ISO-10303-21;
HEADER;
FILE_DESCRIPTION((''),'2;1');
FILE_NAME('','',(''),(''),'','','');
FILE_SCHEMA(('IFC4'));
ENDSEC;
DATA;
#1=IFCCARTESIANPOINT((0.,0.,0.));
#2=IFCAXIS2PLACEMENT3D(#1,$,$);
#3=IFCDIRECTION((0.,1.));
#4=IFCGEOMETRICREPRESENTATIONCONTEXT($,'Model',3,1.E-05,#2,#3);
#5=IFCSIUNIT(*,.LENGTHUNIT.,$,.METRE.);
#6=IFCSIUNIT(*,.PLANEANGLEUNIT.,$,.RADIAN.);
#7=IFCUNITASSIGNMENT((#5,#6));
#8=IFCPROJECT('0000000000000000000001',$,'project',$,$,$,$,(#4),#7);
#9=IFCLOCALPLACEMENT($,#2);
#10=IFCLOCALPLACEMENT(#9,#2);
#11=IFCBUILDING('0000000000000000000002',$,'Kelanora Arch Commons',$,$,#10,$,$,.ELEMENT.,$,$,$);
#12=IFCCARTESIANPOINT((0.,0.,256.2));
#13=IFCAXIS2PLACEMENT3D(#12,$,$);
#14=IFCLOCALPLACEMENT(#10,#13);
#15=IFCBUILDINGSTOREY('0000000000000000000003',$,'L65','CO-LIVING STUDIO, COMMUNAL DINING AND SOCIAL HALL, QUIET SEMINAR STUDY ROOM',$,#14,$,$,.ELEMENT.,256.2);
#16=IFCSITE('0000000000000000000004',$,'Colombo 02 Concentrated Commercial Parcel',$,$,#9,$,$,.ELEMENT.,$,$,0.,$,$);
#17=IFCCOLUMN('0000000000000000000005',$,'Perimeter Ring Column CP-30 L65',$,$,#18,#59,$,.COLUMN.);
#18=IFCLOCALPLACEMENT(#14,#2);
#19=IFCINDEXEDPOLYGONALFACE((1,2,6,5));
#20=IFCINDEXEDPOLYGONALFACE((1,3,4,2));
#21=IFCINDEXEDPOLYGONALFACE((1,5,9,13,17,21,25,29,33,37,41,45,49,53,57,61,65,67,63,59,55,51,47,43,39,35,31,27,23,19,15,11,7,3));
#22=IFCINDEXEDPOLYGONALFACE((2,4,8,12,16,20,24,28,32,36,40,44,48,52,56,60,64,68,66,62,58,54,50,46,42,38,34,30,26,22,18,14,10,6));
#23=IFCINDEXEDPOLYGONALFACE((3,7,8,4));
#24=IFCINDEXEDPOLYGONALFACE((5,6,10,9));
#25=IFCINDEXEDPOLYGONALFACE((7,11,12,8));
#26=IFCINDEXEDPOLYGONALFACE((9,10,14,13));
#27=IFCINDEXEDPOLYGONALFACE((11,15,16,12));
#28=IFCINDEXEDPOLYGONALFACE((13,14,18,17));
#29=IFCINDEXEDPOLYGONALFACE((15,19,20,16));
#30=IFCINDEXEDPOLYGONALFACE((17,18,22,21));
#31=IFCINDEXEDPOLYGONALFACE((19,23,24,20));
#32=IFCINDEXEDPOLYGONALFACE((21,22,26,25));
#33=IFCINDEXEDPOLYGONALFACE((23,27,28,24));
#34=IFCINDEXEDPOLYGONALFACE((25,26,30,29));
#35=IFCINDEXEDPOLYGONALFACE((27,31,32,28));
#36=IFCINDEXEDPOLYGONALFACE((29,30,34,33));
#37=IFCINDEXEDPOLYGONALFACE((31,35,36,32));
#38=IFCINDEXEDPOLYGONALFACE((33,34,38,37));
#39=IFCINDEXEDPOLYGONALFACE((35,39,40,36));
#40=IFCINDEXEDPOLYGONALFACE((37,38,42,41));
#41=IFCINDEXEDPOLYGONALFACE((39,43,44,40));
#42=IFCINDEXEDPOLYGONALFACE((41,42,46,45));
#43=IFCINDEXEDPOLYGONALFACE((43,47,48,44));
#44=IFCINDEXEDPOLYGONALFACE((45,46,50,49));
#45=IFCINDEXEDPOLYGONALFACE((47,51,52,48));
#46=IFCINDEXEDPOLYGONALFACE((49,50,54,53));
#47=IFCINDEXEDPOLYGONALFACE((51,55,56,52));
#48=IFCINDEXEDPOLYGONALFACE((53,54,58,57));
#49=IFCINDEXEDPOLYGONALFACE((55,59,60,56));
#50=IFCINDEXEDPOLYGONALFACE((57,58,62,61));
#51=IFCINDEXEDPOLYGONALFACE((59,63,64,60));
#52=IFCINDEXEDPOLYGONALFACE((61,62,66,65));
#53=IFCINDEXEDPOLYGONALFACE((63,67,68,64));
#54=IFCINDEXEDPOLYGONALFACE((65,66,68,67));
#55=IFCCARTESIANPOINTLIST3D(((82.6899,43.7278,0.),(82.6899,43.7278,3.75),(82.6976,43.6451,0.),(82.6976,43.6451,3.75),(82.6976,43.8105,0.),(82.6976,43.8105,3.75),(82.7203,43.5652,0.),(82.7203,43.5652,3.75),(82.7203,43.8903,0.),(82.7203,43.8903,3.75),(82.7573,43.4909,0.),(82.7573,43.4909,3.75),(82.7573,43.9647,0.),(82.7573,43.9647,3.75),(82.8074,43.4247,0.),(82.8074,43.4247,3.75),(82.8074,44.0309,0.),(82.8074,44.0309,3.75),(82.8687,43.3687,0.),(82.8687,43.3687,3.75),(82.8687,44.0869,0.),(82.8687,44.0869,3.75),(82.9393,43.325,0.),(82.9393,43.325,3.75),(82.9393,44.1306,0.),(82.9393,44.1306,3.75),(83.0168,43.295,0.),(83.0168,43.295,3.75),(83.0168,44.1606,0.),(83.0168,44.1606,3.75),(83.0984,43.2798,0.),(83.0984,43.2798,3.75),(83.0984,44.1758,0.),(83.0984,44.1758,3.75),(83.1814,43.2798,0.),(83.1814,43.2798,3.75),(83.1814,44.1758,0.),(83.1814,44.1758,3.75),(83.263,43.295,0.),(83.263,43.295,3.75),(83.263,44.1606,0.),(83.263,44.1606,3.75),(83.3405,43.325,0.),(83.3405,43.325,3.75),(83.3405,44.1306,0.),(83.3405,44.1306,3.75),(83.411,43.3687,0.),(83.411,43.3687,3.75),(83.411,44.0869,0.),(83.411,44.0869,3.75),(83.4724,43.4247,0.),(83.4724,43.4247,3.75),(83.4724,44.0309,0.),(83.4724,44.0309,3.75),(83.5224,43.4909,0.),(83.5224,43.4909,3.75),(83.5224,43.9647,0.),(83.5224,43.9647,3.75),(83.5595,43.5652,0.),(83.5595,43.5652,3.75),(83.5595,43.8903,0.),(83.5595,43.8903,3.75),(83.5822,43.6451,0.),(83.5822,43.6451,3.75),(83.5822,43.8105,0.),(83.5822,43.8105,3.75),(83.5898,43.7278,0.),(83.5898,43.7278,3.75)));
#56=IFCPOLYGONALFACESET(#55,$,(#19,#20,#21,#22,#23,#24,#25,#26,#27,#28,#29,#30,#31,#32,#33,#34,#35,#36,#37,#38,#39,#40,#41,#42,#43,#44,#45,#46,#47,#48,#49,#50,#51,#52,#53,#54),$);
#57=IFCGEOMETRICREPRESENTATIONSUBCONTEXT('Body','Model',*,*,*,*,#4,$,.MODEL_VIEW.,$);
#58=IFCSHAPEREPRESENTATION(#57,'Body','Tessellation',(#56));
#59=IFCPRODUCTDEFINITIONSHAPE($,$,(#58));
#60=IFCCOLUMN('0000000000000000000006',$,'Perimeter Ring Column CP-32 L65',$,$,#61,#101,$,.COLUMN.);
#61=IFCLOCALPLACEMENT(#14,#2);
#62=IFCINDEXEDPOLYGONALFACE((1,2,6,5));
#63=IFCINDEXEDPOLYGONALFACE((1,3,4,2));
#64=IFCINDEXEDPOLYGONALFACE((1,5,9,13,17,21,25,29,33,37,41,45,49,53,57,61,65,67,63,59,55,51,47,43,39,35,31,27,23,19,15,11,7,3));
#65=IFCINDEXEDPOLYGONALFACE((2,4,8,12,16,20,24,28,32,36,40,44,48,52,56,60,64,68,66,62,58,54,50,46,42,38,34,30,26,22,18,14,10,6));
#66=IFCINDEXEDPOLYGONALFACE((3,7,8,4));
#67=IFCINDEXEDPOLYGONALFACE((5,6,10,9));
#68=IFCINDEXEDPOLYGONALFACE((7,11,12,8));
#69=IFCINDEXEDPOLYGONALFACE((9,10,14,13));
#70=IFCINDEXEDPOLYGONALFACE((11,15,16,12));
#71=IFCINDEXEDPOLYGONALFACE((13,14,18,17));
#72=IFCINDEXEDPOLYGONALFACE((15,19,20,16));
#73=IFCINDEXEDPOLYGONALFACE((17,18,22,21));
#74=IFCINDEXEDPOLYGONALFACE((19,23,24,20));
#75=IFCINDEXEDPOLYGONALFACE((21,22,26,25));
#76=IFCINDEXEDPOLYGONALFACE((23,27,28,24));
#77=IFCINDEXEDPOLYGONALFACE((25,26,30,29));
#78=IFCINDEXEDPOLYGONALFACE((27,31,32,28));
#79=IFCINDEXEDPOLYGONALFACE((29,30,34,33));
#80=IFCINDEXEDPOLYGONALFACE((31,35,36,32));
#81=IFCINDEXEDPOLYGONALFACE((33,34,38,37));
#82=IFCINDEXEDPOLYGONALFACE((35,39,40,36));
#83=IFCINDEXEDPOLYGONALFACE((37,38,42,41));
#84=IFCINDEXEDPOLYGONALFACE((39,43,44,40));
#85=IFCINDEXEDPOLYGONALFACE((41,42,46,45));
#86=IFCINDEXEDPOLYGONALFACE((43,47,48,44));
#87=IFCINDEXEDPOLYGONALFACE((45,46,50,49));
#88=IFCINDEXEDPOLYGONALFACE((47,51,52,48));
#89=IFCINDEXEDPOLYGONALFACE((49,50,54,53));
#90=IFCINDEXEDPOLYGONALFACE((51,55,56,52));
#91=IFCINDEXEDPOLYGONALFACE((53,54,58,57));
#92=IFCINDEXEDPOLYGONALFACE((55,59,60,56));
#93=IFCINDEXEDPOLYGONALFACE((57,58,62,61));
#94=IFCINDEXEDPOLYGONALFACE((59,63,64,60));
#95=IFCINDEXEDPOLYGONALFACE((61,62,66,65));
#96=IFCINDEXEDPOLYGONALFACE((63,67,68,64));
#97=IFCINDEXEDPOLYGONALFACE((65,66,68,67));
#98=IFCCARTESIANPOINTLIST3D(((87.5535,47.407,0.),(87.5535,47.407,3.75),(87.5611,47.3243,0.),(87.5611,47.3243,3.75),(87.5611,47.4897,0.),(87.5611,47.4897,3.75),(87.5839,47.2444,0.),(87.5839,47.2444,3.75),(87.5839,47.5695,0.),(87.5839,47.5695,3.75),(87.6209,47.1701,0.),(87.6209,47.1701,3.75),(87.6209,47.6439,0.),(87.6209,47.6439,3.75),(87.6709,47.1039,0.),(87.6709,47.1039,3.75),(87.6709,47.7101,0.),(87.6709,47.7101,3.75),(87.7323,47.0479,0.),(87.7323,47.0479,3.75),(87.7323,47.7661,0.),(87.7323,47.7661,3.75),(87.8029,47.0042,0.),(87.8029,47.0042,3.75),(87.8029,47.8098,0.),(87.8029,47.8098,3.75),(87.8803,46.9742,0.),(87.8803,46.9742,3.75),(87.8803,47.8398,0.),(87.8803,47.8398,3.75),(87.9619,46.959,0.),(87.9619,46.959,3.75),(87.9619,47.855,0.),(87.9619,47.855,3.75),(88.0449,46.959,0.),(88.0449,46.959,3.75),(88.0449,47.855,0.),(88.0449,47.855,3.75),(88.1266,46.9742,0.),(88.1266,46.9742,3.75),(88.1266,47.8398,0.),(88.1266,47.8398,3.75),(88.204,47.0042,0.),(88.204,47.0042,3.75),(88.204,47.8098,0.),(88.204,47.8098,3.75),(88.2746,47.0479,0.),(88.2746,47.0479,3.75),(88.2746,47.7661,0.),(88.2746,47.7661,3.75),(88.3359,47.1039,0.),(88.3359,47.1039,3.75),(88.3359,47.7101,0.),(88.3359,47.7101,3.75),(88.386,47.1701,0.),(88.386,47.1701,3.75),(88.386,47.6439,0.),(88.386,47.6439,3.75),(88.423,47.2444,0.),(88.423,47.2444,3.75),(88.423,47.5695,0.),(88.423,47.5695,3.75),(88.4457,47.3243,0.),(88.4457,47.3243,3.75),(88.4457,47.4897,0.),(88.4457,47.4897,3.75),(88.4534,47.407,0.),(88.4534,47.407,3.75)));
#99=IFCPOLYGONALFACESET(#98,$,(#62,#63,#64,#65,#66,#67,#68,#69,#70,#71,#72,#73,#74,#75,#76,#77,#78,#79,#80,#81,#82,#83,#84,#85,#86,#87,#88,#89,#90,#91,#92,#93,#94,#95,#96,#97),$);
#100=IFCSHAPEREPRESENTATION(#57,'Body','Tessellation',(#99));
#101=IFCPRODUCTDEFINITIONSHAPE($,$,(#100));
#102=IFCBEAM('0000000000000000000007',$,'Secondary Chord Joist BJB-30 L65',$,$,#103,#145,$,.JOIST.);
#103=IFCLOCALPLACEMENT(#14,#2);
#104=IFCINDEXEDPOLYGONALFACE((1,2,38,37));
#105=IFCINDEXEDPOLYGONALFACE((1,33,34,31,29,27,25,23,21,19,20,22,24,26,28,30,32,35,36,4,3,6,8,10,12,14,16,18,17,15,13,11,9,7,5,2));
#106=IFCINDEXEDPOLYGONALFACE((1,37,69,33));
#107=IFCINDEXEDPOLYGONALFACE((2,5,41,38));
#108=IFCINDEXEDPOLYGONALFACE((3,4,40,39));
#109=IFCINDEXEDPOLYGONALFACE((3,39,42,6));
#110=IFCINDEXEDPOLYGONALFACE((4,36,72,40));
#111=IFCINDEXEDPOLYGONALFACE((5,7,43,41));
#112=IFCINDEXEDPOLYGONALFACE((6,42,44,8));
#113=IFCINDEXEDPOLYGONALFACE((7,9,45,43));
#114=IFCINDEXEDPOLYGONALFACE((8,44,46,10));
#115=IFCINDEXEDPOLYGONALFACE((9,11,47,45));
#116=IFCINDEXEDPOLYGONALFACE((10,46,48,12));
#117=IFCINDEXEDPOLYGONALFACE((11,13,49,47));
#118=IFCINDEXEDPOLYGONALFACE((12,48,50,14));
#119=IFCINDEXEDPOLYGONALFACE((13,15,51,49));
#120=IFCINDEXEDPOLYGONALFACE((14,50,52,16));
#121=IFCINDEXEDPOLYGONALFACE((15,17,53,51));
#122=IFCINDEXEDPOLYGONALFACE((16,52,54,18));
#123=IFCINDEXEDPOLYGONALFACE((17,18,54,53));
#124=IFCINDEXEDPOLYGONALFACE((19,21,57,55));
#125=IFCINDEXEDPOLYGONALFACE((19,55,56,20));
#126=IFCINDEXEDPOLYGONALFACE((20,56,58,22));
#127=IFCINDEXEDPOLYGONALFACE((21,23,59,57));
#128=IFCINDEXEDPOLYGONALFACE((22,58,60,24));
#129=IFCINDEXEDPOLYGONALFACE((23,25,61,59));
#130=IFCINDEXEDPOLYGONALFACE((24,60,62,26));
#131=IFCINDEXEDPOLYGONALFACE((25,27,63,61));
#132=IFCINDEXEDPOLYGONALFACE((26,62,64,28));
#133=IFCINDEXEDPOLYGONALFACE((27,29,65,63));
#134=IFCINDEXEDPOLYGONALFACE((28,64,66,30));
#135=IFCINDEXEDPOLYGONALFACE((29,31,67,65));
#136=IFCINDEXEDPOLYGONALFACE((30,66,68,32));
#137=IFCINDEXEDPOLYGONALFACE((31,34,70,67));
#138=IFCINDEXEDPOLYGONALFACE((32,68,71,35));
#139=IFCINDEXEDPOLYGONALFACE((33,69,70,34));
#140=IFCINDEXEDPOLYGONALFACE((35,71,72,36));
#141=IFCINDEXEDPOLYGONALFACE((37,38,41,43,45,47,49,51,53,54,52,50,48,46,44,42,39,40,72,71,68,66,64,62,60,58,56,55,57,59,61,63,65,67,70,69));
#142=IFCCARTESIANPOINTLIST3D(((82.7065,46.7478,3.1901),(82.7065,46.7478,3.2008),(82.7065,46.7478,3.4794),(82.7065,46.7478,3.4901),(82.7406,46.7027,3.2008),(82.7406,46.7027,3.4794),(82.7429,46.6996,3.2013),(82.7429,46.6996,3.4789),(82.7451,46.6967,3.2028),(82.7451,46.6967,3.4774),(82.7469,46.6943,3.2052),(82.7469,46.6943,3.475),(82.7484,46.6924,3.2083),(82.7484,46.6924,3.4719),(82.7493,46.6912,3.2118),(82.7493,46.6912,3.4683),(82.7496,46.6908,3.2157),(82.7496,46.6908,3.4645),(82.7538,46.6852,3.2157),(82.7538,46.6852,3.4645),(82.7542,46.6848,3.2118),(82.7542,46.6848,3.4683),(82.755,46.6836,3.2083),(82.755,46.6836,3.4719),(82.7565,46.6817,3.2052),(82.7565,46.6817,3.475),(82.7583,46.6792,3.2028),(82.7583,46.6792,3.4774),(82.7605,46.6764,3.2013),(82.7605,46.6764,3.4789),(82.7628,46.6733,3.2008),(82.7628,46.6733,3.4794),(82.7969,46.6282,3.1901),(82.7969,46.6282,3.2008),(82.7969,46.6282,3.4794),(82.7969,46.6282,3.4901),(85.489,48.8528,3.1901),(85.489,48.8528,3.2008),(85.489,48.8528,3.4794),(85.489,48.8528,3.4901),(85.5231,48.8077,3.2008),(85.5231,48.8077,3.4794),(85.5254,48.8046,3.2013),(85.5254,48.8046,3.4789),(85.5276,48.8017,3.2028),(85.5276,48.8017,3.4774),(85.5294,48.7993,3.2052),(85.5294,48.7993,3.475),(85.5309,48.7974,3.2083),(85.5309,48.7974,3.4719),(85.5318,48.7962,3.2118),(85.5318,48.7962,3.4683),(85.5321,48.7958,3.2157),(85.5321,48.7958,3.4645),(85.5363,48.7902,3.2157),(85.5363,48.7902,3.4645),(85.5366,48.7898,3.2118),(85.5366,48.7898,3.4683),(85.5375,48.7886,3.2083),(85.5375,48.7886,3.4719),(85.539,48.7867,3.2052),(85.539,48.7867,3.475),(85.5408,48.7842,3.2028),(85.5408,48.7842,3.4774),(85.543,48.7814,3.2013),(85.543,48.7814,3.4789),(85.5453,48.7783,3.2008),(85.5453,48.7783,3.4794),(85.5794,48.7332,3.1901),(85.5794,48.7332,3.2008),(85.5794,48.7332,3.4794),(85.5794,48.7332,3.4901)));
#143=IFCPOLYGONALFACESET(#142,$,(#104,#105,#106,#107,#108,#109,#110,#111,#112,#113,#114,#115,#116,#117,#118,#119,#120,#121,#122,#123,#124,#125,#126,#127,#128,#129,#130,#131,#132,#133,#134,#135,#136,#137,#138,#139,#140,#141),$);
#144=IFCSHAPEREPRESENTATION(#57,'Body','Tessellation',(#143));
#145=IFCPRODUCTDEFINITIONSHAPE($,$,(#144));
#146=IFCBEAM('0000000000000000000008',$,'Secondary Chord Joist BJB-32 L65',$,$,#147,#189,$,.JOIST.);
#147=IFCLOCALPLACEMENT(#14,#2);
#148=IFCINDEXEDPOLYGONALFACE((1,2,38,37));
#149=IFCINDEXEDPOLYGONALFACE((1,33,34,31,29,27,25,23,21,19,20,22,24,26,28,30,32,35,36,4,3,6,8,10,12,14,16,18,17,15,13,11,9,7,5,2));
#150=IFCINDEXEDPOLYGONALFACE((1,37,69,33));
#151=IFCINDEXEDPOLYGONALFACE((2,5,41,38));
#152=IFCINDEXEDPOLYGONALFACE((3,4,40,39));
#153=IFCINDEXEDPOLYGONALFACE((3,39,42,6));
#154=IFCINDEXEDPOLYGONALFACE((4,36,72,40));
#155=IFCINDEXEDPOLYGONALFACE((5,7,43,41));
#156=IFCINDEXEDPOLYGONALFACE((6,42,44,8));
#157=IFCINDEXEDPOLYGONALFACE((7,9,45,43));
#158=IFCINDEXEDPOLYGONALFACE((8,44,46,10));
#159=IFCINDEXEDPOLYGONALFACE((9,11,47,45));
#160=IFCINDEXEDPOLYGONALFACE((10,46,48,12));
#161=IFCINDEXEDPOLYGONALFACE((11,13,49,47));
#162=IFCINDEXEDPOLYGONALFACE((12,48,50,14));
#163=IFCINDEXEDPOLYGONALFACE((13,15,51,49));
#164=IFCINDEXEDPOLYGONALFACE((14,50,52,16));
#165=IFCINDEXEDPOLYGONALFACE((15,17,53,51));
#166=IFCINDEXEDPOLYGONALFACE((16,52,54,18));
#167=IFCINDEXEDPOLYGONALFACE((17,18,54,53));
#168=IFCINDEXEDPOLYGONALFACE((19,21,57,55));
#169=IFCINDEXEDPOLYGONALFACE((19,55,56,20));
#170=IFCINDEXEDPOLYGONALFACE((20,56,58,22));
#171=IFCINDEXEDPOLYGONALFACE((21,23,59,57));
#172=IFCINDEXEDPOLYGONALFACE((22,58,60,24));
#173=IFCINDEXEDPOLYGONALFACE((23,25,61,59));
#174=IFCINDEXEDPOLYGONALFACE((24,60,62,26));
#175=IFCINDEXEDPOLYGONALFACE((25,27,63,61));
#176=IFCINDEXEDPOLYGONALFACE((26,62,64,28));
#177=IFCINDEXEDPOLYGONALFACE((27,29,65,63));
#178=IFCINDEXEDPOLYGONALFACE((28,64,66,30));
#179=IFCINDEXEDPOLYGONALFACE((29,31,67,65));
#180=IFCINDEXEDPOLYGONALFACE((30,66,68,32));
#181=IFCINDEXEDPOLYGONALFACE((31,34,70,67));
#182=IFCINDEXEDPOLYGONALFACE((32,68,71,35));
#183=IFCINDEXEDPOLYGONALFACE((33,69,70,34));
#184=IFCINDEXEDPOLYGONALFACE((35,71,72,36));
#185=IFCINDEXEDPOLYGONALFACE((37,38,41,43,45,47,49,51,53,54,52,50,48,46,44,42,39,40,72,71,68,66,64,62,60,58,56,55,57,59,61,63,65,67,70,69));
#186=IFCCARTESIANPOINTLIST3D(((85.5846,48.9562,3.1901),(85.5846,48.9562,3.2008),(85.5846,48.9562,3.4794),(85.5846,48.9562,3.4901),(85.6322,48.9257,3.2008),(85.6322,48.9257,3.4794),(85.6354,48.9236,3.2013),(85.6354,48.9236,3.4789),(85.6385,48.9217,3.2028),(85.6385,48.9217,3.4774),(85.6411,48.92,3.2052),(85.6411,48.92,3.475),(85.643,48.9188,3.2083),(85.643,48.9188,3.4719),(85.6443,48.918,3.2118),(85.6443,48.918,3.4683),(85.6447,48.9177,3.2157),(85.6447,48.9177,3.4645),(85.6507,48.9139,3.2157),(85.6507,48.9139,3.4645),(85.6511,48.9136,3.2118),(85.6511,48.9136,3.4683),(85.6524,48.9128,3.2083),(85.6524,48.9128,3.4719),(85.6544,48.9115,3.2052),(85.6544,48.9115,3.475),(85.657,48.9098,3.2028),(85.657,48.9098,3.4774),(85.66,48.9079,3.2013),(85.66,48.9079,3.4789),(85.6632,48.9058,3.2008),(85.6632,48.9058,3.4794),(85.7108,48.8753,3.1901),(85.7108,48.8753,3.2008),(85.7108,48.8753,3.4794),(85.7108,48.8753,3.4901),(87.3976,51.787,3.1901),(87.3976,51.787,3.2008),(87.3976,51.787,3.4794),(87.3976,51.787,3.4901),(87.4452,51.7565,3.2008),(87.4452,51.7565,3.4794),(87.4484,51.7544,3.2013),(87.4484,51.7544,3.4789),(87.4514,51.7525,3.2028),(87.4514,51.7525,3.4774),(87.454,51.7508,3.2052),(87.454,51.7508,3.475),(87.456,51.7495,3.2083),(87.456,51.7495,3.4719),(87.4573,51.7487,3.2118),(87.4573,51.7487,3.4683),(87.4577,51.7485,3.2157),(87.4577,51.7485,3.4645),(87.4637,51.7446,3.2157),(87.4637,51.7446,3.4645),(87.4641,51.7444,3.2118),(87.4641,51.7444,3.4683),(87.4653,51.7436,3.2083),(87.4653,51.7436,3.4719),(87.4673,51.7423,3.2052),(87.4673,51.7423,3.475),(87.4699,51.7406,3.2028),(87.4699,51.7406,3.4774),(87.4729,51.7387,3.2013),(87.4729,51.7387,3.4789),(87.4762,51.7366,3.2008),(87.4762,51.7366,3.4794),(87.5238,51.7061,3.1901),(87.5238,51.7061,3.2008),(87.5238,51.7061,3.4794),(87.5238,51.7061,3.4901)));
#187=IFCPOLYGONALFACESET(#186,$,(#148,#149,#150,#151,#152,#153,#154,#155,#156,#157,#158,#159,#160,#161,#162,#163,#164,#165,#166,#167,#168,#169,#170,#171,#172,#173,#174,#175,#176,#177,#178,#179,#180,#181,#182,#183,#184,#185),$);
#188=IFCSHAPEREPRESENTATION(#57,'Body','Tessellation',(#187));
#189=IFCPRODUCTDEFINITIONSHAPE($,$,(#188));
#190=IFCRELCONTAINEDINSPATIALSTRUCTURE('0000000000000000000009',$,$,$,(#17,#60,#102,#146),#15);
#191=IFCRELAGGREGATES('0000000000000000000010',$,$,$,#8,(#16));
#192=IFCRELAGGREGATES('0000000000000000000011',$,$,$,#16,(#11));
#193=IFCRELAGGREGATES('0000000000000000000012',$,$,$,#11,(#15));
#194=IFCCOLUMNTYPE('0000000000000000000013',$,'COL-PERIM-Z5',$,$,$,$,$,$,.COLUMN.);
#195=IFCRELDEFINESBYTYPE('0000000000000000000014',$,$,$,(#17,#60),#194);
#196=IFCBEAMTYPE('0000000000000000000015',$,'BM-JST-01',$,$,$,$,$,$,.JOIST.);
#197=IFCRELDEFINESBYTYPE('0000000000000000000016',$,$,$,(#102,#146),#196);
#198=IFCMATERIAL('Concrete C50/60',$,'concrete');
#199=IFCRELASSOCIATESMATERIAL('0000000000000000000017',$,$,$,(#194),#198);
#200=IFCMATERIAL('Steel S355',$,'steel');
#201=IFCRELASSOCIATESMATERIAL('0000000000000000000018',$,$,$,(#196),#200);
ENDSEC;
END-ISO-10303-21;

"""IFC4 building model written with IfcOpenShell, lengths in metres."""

from ifc_helpers import new_model, si_unit, direction, frame, origin, origin_2d, place, context, subcontext, project, spatial, circle, i_section, extrude, material, material_profile, profile_set, type_object, element, save


model = new_model("IFC4")

# Units and contexts
model_context = context("Model", 3, precision=1e-05, world=origin(), true_north=direction((0.0, 1.0)))
body_context = subcontext(model_context, "Body", "Model", "MODEL_VIEW")
ifc_project = project(units=[si_unit("LENGTHUNIT", "METRE"), si_unit("PLANEANGLEUNIT", "RADIAN")], contexts=[model_context])

# Site, building, storey
site_placement = place(None, origin())
site = spatial("IfcSite", under=ifc_project, at=site_placement, Name="Colombo 02 Concentrated Commercial Parcel", CompositionType="ELEMENT", RefElevation=0.0)
building_placement = place(site_placement, origin())
building = spatial("IfcBuilding", under=site, at=building_placement, Name="Kelanora Arch Commons", CompositionType="ELEMENT")
storey_placement = place(building_placement, frame((0.0, 0.0, 256.2)))
storey = spatial("IfcBuildingStorey", under=building, at=storey_placement, Name="L65", Description="CO-LIVING STUDIO, COMMUNAL DINING AND SOCIAL HALL, QUIET SEMINAR STUDY ROOM", CompositionType="ELEMENT", Elevation=256.2)

# Columns
ifc_material_1 = material(Name="Concrete C50/60", Category="concrete")
ifc_material_profile_1 = material_profile(ifc_material_1, circle(Radius=0.45, at=origin_2d()), Name="RCC900")
ifc_profile_set_1 = profile_set([ifc_material_profile_1], Name="Concrete C50/60")
column_type = type_object("IfcColumnType", Name="COL-PERIM-Z5", PredefinedType="COLUMN", material=ifc_profile_set_1)
for number, where, z_axis, x_axis, name in (
    (1, (83.1399, 43.7278, 0.0), (0.0, 0.0, 1.0), (1.0, 0.0, 0.0), "Perimeter Ring Column CP-30 L65"),
    (2, (88.0034, 47.407, 0.0), (0.0, 0.0, 1.0), (1.0, 0.0, 0.0), "Perimeter Ring Column CP-32 L65"),
):
    element("IfcColumn", number, at=place(storey_placement, frame(where, z_axis=z_axis, x_axis=x_axis)), inside=storey, type_object=column_type, Name=name, PredefinedType="COLUMN", context=body_context, shape_type="SweptSolid", body=[
        extrude(circle(Radius=0.45, at=origin_2d()), origin(), (0.0, 0.0, 1.0), 3.75),
    ])

# Beams
ifc_material_2 = material(Name="Steel S355", Category="steel")
ifc_material_profile_2 = material_profile(ifc_material_2, i_section(OverallWidth=0.1499, OverallDepth=0.3, WebThickness=0.0071, FlangeThickness=0.0107, FilletRadius=0.0149, at=origin_2d()), Name="IPE300")
ifc_profile_set_2 = profile_set([ifc_material_profile_2], Name="Steel S355")
beam_type_1 = type_object("IfcBeamType", Name="BM-JST-01", PredefinedType="JOIST", material=ifc_profile_set_2)
beam_1_placement = place(storey_placement, frame((82.7517, 46.688, 3.3401), z_axis=(0.797499, 0.60332, 0.0), x_axis=(-0.60332, 0.797499, 0.0)))
element("IfcBeam", 3, at=beam_1_placement, inside=storey, type_object=beam_type_1, Name="Secondary Chord Joist BJB-30 L65", PredefinedType="JOIST", context=body_context, shape_type="SweptSolid", body=[
    extrude(i_section(OverallWidth=0.1499, OverallDepth=0.3, WebThickness=0.0071, FlangeThickness=0.0107, FilletRadius=0.0149, at=origin_2d()), origin(), (0.0, 0.0, 1.0), 3.489),
])
beam_2_placement = place(storey_placement, frame((85.6477, 48.9158, 3.3401), z_axis=(0.539322, 0.8421, 0.0), x_axis=(-0.8421, 0.539322, 0.0)))
element("IfcBeam", 4, at=beam_2_placement, inside=storey, type_object=beam_type_1, Name="Secondary Chord Joist BJB-32 L65", PredefinedType="JOIST", context=body_context, shape_type="SweptSolid", body=[
    extrude(i_section(OverallWidth=0.1499, OverallDepth=0.3, WebThickness=0.0071, FlangeThickness=0.0107, FilletRadius=0.0149, at=origin_2d()), origin(), (0.0, 0.0, 1.0), 3.3616),
])

save(model, "model.ifc")
